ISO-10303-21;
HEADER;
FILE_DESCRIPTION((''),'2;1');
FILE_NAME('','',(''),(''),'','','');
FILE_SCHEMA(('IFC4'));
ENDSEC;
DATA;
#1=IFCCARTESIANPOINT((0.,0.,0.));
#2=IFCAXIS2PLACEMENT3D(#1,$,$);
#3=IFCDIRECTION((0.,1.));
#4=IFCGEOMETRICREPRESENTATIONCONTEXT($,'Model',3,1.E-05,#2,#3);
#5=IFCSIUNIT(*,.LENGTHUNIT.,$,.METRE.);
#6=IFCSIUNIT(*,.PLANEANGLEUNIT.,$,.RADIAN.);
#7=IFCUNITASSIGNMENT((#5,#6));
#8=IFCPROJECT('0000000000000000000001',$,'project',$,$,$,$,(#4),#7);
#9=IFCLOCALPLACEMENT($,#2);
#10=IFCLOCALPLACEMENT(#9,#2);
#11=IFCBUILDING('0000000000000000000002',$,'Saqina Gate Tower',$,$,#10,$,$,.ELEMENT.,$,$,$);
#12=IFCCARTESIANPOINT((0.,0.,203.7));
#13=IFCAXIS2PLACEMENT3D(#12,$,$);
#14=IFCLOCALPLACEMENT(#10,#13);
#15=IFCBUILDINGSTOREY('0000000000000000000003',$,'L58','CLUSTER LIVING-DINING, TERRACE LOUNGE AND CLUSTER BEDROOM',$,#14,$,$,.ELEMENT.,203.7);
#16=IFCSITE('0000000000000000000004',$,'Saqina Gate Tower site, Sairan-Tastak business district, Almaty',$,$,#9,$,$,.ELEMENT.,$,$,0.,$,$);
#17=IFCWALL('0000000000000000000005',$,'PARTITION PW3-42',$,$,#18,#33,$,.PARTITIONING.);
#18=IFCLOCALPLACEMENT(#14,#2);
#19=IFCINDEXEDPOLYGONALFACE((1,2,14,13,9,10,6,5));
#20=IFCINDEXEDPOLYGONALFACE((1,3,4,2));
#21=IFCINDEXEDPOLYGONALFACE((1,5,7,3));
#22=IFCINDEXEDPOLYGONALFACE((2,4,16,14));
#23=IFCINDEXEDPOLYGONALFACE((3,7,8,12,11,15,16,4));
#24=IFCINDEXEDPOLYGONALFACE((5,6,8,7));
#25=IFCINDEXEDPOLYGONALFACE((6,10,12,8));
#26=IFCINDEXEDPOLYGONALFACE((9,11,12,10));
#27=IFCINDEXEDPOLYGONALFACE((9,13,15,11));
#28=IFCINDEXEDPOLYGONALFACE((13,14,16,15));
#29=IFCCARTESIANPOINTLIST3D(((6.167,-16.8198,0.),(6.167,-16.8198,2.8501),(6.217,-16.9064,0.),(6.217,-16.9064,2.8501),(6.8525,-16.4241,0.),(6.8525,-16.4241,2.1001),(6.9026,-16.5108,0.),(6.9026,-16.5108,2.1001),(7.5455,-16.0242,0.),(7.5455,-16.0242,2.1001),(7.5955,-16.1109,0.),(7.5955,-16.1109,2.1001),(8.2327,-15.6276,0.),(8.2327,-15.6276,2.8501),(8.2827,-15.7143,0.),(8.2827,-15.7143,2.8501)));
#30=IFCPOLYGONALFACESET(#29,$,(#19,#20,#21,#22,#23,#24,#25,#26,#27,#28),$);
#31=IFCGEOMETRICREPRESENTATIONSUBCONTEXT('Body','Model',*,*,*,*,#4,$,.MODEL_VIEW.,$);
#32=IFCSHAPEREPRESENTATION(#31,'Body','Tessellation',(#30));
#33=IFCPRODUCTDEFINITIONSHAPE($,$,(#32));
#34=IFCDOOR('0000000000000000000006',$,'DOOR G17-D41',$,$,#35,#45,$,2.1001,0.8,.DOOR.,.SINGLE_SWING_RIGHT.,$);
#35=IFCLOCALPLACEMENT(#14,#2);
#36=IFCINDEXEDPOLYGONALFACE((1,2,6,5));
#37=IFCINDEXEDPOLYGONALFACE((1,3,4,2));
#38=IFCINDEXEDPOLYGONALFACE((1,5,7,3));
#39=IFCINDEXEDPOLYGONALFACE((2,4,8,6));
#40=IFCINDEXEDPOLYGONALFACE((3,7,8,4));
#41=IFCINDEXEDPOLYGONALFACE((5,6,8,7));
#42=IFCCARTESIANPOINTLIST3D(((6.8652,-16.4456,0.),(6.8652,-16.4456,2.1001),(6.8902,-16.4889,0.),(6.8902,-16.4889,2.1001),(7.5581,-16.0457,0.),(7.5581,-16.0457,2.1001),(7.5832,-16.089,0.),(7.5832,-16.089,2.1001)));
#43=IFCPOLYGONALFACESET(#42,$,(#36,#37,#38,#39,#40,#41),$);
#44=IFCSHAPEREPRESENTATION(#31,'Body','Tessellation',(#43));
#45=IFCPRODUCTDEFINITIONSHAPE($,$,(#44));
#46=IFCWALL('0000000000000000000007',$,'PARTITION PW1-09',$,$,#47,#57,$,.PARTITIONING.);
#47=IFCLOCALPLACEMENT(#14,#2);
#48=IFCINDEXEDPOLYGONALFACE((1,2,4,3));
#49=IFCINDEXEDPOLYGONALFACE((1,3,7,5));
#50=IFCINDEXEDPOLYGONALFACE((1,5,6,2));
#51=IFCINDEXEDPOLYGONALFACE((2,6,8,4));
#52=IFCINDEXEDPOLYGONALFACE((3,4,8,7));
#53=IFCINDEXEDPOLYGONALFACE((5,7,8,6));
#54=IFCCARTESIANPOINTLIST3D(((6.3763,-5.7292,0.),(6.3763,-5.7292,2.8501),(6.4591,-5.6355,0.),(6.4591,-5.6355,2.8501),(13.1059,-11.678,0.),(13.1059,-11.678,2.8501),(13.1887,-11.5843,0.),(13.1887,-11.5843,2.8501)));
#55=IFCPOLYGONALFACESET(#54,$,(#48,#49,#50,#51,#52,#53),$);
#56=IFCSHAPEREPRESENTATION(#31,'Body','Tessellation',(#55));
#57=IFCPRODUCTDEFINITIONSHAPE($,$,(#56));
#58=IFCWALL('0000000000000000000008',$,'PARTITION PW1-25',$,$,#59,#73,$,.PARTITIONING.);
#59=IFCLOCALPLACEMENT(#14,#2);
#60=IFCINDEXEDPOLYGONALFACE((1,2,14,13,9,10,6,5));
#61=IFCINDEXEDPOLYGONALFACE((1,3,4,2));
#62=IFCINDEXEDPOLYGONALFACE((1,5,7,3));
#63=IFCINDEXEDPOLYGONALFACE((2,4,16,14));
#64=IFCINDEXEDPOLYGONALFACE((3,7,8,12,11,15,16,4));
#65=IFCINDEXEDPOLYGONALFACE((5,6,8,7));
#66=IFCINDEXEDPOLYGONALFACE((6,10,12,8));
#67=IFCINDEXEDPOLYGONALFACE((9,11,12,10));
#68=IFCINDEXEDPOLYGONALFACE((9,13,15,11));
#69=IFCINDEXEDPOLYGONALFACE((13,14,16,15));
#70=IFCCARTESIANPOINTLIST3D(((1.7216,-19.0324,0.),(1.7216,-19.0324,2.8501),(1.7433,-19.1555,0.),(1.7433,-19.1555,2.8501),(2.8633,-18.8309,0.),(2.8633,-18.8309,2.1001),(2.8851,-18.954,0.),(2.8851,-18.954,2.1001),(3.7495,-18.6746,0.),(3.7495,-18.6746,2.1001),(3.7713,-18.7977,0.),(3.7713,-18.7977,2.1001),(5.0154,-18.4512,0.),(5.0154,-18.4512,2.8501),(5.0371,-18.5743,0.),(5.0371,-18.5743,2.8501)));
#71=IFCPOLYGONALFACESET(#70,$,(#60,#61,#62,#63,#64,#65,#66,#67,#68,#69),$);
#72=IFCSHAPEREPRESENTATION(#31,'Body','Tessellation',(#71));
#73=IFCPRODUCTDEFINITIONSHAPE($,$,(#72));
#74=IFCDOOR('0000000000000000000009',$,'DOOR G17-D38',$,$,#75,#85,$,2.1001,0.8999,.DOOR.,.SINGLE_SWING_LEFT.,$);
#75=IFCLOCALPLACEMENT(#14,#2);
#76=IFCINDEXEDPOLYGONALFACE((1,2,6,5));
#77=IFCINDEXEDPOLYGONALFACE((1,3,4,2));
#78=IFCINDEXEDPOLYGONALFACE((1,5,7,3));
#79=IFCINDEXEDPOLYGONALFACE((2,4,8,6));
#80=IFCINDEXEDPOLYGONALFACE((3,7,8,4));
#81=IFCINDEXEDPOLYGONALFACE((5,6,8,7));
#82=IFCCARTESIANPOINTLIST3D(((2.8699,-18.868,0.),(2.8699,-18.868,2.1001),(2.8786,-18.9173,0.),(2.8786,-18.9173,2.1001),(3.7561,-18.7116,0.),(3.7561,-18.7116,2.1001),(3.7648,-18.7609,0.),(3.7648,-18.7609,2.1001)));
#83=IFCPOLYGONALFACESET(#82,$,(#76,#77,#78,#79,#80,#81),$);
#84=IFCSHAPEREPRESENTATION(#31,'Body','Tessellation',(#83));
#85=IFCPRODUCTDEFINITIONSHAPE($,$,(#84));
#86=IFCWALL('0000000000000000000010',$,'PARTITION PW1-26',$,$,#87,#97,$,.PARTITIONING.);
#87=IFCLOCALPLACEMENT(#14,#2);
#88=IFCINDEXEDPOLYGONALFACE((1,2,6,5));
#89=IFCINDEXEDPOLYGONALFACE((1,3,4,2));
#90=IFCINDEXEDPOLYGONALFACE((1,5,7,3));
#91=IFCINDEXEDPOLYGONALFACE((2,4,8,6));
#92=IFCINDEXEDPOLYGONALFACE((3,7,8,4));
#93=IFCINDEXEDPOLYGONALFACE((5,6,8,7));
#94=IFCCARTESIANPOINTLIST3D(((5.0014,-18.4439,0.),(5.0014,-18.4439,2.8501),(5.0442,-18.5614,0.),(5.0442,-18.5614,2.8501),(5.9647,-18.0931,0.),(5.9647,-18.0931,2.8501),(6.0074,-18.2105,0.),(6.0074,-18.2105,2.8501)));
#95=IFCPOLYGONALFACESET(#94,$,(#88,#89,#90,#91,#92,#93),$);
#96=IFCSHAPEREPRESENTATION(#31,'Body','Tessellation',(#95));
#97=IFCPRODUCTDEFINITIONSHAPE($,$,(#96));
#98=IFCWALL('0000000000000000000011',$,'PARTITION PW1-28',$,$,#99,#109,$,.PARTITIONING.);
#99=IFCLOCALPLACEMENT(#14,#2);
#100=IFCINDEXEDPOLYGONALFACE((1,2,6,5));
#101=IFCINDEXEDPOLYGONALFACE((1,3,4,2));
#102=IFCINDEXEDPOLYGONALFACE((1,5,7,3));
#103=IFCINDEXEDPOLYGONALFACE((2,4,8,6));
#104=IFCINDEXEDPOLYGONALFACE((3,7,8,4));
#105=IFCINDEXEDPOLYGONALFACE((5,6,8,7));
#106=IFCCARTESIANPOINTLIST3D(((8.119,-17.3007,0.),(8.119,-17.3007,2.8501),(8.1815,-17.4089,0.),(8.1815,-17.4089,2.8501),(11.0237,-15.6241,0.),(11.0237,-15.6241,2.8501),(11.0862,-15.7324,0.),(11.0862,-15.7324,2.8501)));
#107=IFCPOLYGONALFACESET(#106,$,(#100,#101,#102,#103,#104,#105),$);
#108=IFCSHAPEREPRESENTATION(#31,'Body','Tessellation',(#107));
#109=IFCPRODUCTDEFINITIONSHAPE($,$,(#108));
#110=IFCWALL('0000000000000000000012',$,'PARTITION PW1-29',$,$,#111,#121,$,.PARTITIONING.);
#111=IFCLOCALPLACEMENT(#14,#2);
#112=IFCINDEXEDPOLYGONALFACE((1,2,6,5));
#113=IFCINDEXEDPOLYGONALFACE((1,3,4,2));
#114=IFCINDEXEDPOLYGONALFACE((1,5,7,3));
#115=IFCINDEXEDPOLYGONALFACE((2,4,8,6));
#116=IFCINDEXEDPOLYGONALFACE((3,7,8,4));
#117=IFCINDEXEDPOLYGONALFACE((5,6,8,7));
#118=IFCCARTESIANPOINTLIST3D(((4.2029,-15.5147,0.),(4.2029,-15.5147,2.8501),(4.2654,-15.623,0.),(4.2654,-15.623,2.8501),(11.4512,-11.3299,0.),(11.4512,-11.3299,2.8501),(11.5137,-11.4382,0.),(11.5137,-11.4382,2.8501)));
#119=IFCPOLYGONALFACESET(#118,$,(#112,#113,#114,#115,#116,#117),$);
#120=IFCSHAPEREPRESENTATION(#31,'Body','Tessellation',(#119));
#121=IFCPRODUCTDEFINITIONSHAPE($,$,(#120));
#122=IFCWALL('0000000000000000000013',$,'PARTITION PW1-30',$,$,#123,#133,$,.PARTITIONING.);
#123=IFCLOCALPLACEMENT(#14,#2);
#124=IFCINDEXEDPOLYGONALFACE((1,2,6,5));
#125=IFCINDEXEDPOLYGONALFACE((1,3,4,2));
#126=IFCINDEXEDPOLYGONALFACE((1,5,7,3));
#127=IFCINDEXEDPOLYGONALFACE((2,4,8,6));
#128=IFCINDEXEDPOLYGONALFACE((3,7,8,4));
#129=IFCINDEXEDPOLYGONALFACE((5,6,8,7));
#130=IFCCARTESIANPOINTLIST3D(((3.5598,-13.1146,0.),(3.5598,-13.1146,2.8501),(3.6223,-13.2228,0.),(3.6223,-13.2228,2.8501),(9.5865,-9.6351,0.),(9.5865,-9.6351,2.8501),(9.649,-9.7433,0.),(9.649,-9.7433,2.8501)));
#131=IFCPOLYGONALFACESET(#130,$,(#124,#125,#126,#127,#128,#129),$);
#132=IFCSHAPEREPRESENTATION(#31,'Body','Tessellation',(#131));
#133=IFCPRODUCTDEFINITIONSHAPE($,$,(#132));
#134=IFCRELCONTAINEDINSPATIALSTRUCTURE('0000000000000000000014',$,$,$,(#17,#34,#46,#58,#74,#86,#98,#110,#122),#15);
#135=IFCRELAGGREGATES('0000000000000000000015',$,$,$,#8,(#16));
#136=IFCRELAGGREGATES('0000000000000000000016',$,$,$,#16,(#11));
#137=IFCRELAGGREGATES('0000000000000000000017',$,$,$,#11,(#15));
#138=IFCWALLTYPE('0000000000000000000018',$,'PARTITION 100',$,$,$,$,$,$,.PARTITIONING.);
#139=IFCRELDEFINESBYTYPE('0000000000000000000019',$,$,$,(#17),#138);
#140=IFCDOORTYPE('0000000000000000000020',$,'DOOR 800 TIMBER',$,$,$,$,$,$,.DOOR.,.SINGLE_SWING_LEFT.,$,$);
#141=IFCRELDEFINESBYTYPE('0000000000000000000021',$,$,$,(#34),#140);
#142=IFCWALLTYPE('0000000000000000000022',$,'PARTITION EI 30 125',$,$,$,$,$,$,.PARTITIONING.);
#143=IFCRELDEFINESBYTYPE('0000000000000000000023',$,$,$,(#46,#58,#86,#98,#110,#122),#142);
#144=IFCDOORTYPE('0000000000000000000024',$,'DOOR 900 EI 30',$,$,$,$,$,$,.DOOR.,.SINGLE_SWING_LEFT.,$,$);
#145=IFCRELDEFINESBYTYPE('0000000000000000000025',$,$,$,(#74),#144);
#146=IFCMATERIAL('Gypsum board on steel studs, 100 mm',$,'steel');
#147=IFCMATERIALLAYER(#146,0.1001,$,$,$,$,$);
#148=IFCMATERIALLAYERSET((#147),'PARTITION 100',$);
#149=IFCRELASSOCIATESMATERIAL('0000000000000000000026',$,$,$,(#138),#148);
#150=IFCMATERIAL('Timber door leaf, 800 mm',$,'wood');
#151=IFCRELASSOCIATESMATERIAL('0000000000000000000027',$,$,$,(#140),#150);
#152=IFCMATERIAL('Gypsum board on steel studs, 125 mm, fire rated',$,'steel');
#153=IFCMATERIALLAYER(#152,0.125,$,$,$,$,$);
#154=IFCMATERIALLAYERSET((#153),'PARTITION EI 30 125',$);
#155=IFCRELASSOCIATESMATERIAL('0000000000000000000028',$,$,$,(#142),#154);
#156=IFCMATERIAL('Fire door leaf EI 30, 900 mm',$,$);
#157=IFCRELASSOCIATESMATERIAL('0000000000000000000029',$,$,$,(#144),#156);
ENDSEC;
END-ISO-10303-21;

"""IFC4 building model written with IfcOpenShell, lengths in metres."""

from ifc_helpers import new_model, si_unit, direction, frame, frame_2d, origin, place, context, subcontext, project, spatial, rectangle, extrude, material, layer, layer_set, type_object, element, fill, save


model = new_model("IFC4")

# Units and contexts
model_context = context("Model", 3, precision=1e-05, world=origin(), true_north=direction((0.0, 1.0)))
body_context = subcontext(model_context, "Body", "Model", "MODEL_VIEW")
ifc_project = project(units=[si_unit("LENGTHUNIT", "METRE"), si_unit("PLANEANGLEUNIT", "RADIAN")], contexts=[model_context])

# Site, building, storey
site_placement = place(None, origin())
site = spatial("IfcSite", under=ifc_project, at=site_placement, Name="Saqina Gate Tower site, Sairan-Tastak business district, Almaty", CompositionType="ELEMENT", RefElevation=0.0)
building_placement = place(site_placement, origin())
building = spatial("IfcBuilding", under=site, at=building_placement, Name="Saqina Gate Tower", CompositionType="ELEMENT")
storey_placement = place(building_placement, frame((0.0, 0.0, 203.7)))
storey = spatial("IfcBuildingStorey", under=building, at=storey_placement, Name="L58", Description="CLUSTER LIVING-DINING, TERRACE LOUNGE AND CLUSTER BEDROOM", CompositionType="ELEMENT", Elevation=203.7)

# Shared definitions
ifc_material_1 = material(Name="Gypsum board on steel studs, 100 mm", Category="steel")
ifc_layer_1 = layer(ifc_material_1, 0.1001)
ifc_layer_set_1 = layer_set([ifc_layer_1], Name="PARTITION 100")
wall_type_1 = type_object("IfcWallType", Name="PARTITION 100", PredefinedType="PARTITIONING", material=ifc_layer_set_1)

# Shared definitions
ifc_material_2 = material(Name="Timber door leaf, 800 mm", Category="wood")
door_type_1 = type_object("IfcDoorType", Name="DOOR 800 TIMBER", OperationType="SINGLE_SWING_LEFT", PredefinedType="DOOR", material=ifc_material_2)

# Wall, opening, door
wall_1_placement = place(storey_placement, frame((6.1921, -16.863, 0.0), z_axis=(0.0, 0.0, 1.0), x_axis=(0.866112, 0.499849, 0.0)))
wall_1 = element("IfcWall", 1, at=wall_1_placement, inside=storey, type_object=wall_type_1, Name="PARTITION PW3-42", PredefinedType="PARTITIONING", context=body_context, shape_type="SweptSolid", body=[
    extrude(rectangle(XDim=2.385, YDim=0.1001, at=frame_2d((1.1924, 0.0))), origin(), (0.0, 0.0, 1.0), 2.8501),
])
opening_1_placement = place(wall_1_placement, frame((0.7915, 0.0, 0.0)))
opening_1 = element("IfcOpeningElement", 2, at=opening_1_placement, cuts=wall_1, PredefinedType="OPENING", context=body_context, shape_type="SweptSolid", body=[
    extrude(rectangle(XDim=0.8, YDim=2.1001, at=frame_2d((0.3999, 1.05))), frame((0.0, 0.062, 0.0), z_axis=(0.0, -1.0, 0.0), x_axis=(1.0, 0.0, 0.0)), (0.0, 0.0, 1.0), 0.124),
])
door_1_placement = place(opening_1_placement, frame((0.8, 0.0, 0.0), z_axis=(0.0, 0.0, 1.0), x_axis=(-1.0, 0.0, 0.0)))
door_1 = element("IfcDoor", 3, at=door_1_placement, inside=storey, type_object=door_type_1, Name="DOOR G17-D41", OperationType="SINGLE_SWING_RIGHT", OverallHeight=2.1001, OverallWidth=0.8, PredefinedType="DOOR", context=body_context, shape_type="SweptSolid", body=[
    extrude(rectangle(XDim=0.8, YDim=2.1001, at=frame_2d((0.3999, 1.05))), frame((0.0, 0.0249, 0.0), z_axis=(0.0, -1.0, 0.0), x_axis=(1.0, 0.0, 0.0)), (0.0, 0.0, 1.0), 0.05),
])
fill(opening_1, door_1)

# Wall
ifc_material_3 = material(Name="Gypsum board on steel studs, 125 mm, fire rated", Category="steel")
ifc_layer_2 = layer(ifc_material_3, 0.125)
ifc_layer_set_2 = layer_set([ifc_layer_2], Name="PARTITION EI 30 125")
wall_type_2 = type_object("IfcWallType", Name="PARTITION EI 30 125", PredefinedType="PARTITIONING", material=ifc_layer_set_2)
wall_2_placement = place(storey_placement, frame((6.4177, -5.6824, 0.0), z_axis=(0.0, 0.0, 1.0), x_axis=(0.749233, -0.662306, 0.0)))
element("IfcWall", 4, at=wall_2_placement, inside=storey, type_object=wall_type_2, Name="PARTITION PW1-09", PredefinedType="PARTITIONING", context=body_context, shape_type="SweptSolid", body=[
    extrude(rectangle(XDim=8.9819, YDim=0.125, at=frame_2d((4.491, 0.0))), origin(), (0.0, 0.0, 1.0), 2.8501),
])

# Wall, opening, door
wall_3_placement = place(storey_placement, frame((1.7324, -19.094, 0.0), z_axis=(0.0, 0.0, 1.0), x_axis=(0.984783, 0.173789, 0.0)))
wall_3 = element("IfcWall", 5, at=wall_3_placement, inside=storey, type_object=wall_type_2, Name="PARTITION PW1-25", PredefinedType="PARTITIONING", context=body_context, shape_type="SweptSolid", body=[
    extrude(rectangle(XDim=3.3447, YDim=0.125, at=frame_2d((1.6724, 0.0))), origin(), (0.0, 0.0, 1.0), 2.8501),
])
opening_2_placement = place(wall_3_placement, frame((1.1594, 0.0, 0.0)))
opening_2 = element("IfcOpeningElement", 6, at=opening_2_placement, cuts=wall_3, PredefinedType="OPENING", context=body_context, shape_type="SweptSolid", body=[
    extrude(rectangle(XDim=0.8999, YDim=2.1001, at=frame_2d((0.45, 1.05))), frame((0.0, 0.0745, 0.0), z_axis=(0.0, -1.0, 0.0), x_axis=(1.0, 0.0, 0.0)), (0.0, 0.0, 1.0), 0.1489),
])
ifc_material_4 = material(Name="Fire door leaf EI 30, 900 mm")
door_type_2 = type_object("IfcDoorType", Name="DOOR 900 EI 30", OperationType="SINGLE_SWING_LEFT", PredefinedType="DOOR", material=ifc_material_4)
door_2_placement = place(opening_2_placement, origin())
door_2 = element("IfcDoor", 7, at=door_2_placement, inside=storey, type_object=door_type_2, Name="DOOR G17-D38", OperationType="SINGLE_SWING_LEFT", OverallHeight=2.1001, OverallWidth=0.8999, PredefinedType="DOOR", context=body_context, shape_type="SweptSolid", body=[
    extrude(rectangle(XDim=0.8999, YDim=2.1001, at=frame_2d((0.45, 1.05))), frame((0.0, 0.0249, 0.0), z_axis=(0.0, -1.0, 0.0), x_axis=(1.0, 0.0, 0.0)), (0.0, 0.0, 1.0), 0.05),
])
fill(opening_2, door_2)

# Walls
wall_4_placement = place(storey_placement, frame((5.0227, -18.5027, 0.0), z_axis=(0.0, 0.0, 1.0), x_axis=(0.939606, 0.342259, 0.0)))
element("IfcWall", 8, at=wall_4_placement, inside=storey, type_object=wall_type_2, Name="PARTITION PW1-26", PredefinedType="PARTITIONING", context=body_context, shape_type="SweptSolid", body=[
    extrude(rectangle(XDim=1.0251, YDim=0.125, at=frame_2d((0.5127, 0.0))), origin(), (0.0, 0.0, 1.0), 2.8501),
])
wall_5_placement = place(storey_placement, frame((8.1504, -17.3547, 0.0), z_axis=(0.0, 0.0, 1.0), x_axis=(0.86608, 0.499905, 0.0)))
element("IfcWall", 9, at=wall_5_placement, inside=storey, type_object=wall_type_2, Name="PARTITION PW1-28", PredefinedType="PARTITIONING", context=body_context, shape_type="SweptSolid", body=[
    extrude(rectangle(XDim=3.3538, YDim=0.125, at=frame_2d((1.6768, 0.0))), origin(), (0.0, 0.0, 1.0), 2.8501),
])
wall_6_placement = place(storey_placement, frame((4.2341, -15.5688, 0.0), z_axis=(0.0, 0.0, 1.0), x_axis=(0.866025, 0.500001, 0.0)))
element("IfcWall", 10, at=wall_6_placement, inside=storey, type_object=wall_type_2, Name="PARTITION PW1-29", PredefinedType="PARTITIONING", context=body_context, shape_type="SweptSolid", body=[
    extrude(rectangle(XDim=8.3696, YDim=0.125, at=frame_2d((4.1848, 0.0))), origin(), (0.0, 0.0, 1.0), 2.8501),
])
wall_7_placement = place(storey_placement, frame((3.5911, -13.1687, 0.0), z_axis=(0.0, 0.0, 1.0), x_axis=(0.866024, 0.500003, 0.0)))
element("IfcWall", 11, at=wall_7_placement, inside=storey, type_object=wall_type_2, Name="PARTITION PW1-30", PredefinedType="PARTITIONING", context=body_context, shape_type="SweptSolid", body=[
    extrude(rectangle(XDim=6.959, YDim=0.125, at=frame_2d((3.4795, 0.0))), origin(), (0.0, 0.0, 1.0), 2.8501),
])

save(model, "model.ifc")
